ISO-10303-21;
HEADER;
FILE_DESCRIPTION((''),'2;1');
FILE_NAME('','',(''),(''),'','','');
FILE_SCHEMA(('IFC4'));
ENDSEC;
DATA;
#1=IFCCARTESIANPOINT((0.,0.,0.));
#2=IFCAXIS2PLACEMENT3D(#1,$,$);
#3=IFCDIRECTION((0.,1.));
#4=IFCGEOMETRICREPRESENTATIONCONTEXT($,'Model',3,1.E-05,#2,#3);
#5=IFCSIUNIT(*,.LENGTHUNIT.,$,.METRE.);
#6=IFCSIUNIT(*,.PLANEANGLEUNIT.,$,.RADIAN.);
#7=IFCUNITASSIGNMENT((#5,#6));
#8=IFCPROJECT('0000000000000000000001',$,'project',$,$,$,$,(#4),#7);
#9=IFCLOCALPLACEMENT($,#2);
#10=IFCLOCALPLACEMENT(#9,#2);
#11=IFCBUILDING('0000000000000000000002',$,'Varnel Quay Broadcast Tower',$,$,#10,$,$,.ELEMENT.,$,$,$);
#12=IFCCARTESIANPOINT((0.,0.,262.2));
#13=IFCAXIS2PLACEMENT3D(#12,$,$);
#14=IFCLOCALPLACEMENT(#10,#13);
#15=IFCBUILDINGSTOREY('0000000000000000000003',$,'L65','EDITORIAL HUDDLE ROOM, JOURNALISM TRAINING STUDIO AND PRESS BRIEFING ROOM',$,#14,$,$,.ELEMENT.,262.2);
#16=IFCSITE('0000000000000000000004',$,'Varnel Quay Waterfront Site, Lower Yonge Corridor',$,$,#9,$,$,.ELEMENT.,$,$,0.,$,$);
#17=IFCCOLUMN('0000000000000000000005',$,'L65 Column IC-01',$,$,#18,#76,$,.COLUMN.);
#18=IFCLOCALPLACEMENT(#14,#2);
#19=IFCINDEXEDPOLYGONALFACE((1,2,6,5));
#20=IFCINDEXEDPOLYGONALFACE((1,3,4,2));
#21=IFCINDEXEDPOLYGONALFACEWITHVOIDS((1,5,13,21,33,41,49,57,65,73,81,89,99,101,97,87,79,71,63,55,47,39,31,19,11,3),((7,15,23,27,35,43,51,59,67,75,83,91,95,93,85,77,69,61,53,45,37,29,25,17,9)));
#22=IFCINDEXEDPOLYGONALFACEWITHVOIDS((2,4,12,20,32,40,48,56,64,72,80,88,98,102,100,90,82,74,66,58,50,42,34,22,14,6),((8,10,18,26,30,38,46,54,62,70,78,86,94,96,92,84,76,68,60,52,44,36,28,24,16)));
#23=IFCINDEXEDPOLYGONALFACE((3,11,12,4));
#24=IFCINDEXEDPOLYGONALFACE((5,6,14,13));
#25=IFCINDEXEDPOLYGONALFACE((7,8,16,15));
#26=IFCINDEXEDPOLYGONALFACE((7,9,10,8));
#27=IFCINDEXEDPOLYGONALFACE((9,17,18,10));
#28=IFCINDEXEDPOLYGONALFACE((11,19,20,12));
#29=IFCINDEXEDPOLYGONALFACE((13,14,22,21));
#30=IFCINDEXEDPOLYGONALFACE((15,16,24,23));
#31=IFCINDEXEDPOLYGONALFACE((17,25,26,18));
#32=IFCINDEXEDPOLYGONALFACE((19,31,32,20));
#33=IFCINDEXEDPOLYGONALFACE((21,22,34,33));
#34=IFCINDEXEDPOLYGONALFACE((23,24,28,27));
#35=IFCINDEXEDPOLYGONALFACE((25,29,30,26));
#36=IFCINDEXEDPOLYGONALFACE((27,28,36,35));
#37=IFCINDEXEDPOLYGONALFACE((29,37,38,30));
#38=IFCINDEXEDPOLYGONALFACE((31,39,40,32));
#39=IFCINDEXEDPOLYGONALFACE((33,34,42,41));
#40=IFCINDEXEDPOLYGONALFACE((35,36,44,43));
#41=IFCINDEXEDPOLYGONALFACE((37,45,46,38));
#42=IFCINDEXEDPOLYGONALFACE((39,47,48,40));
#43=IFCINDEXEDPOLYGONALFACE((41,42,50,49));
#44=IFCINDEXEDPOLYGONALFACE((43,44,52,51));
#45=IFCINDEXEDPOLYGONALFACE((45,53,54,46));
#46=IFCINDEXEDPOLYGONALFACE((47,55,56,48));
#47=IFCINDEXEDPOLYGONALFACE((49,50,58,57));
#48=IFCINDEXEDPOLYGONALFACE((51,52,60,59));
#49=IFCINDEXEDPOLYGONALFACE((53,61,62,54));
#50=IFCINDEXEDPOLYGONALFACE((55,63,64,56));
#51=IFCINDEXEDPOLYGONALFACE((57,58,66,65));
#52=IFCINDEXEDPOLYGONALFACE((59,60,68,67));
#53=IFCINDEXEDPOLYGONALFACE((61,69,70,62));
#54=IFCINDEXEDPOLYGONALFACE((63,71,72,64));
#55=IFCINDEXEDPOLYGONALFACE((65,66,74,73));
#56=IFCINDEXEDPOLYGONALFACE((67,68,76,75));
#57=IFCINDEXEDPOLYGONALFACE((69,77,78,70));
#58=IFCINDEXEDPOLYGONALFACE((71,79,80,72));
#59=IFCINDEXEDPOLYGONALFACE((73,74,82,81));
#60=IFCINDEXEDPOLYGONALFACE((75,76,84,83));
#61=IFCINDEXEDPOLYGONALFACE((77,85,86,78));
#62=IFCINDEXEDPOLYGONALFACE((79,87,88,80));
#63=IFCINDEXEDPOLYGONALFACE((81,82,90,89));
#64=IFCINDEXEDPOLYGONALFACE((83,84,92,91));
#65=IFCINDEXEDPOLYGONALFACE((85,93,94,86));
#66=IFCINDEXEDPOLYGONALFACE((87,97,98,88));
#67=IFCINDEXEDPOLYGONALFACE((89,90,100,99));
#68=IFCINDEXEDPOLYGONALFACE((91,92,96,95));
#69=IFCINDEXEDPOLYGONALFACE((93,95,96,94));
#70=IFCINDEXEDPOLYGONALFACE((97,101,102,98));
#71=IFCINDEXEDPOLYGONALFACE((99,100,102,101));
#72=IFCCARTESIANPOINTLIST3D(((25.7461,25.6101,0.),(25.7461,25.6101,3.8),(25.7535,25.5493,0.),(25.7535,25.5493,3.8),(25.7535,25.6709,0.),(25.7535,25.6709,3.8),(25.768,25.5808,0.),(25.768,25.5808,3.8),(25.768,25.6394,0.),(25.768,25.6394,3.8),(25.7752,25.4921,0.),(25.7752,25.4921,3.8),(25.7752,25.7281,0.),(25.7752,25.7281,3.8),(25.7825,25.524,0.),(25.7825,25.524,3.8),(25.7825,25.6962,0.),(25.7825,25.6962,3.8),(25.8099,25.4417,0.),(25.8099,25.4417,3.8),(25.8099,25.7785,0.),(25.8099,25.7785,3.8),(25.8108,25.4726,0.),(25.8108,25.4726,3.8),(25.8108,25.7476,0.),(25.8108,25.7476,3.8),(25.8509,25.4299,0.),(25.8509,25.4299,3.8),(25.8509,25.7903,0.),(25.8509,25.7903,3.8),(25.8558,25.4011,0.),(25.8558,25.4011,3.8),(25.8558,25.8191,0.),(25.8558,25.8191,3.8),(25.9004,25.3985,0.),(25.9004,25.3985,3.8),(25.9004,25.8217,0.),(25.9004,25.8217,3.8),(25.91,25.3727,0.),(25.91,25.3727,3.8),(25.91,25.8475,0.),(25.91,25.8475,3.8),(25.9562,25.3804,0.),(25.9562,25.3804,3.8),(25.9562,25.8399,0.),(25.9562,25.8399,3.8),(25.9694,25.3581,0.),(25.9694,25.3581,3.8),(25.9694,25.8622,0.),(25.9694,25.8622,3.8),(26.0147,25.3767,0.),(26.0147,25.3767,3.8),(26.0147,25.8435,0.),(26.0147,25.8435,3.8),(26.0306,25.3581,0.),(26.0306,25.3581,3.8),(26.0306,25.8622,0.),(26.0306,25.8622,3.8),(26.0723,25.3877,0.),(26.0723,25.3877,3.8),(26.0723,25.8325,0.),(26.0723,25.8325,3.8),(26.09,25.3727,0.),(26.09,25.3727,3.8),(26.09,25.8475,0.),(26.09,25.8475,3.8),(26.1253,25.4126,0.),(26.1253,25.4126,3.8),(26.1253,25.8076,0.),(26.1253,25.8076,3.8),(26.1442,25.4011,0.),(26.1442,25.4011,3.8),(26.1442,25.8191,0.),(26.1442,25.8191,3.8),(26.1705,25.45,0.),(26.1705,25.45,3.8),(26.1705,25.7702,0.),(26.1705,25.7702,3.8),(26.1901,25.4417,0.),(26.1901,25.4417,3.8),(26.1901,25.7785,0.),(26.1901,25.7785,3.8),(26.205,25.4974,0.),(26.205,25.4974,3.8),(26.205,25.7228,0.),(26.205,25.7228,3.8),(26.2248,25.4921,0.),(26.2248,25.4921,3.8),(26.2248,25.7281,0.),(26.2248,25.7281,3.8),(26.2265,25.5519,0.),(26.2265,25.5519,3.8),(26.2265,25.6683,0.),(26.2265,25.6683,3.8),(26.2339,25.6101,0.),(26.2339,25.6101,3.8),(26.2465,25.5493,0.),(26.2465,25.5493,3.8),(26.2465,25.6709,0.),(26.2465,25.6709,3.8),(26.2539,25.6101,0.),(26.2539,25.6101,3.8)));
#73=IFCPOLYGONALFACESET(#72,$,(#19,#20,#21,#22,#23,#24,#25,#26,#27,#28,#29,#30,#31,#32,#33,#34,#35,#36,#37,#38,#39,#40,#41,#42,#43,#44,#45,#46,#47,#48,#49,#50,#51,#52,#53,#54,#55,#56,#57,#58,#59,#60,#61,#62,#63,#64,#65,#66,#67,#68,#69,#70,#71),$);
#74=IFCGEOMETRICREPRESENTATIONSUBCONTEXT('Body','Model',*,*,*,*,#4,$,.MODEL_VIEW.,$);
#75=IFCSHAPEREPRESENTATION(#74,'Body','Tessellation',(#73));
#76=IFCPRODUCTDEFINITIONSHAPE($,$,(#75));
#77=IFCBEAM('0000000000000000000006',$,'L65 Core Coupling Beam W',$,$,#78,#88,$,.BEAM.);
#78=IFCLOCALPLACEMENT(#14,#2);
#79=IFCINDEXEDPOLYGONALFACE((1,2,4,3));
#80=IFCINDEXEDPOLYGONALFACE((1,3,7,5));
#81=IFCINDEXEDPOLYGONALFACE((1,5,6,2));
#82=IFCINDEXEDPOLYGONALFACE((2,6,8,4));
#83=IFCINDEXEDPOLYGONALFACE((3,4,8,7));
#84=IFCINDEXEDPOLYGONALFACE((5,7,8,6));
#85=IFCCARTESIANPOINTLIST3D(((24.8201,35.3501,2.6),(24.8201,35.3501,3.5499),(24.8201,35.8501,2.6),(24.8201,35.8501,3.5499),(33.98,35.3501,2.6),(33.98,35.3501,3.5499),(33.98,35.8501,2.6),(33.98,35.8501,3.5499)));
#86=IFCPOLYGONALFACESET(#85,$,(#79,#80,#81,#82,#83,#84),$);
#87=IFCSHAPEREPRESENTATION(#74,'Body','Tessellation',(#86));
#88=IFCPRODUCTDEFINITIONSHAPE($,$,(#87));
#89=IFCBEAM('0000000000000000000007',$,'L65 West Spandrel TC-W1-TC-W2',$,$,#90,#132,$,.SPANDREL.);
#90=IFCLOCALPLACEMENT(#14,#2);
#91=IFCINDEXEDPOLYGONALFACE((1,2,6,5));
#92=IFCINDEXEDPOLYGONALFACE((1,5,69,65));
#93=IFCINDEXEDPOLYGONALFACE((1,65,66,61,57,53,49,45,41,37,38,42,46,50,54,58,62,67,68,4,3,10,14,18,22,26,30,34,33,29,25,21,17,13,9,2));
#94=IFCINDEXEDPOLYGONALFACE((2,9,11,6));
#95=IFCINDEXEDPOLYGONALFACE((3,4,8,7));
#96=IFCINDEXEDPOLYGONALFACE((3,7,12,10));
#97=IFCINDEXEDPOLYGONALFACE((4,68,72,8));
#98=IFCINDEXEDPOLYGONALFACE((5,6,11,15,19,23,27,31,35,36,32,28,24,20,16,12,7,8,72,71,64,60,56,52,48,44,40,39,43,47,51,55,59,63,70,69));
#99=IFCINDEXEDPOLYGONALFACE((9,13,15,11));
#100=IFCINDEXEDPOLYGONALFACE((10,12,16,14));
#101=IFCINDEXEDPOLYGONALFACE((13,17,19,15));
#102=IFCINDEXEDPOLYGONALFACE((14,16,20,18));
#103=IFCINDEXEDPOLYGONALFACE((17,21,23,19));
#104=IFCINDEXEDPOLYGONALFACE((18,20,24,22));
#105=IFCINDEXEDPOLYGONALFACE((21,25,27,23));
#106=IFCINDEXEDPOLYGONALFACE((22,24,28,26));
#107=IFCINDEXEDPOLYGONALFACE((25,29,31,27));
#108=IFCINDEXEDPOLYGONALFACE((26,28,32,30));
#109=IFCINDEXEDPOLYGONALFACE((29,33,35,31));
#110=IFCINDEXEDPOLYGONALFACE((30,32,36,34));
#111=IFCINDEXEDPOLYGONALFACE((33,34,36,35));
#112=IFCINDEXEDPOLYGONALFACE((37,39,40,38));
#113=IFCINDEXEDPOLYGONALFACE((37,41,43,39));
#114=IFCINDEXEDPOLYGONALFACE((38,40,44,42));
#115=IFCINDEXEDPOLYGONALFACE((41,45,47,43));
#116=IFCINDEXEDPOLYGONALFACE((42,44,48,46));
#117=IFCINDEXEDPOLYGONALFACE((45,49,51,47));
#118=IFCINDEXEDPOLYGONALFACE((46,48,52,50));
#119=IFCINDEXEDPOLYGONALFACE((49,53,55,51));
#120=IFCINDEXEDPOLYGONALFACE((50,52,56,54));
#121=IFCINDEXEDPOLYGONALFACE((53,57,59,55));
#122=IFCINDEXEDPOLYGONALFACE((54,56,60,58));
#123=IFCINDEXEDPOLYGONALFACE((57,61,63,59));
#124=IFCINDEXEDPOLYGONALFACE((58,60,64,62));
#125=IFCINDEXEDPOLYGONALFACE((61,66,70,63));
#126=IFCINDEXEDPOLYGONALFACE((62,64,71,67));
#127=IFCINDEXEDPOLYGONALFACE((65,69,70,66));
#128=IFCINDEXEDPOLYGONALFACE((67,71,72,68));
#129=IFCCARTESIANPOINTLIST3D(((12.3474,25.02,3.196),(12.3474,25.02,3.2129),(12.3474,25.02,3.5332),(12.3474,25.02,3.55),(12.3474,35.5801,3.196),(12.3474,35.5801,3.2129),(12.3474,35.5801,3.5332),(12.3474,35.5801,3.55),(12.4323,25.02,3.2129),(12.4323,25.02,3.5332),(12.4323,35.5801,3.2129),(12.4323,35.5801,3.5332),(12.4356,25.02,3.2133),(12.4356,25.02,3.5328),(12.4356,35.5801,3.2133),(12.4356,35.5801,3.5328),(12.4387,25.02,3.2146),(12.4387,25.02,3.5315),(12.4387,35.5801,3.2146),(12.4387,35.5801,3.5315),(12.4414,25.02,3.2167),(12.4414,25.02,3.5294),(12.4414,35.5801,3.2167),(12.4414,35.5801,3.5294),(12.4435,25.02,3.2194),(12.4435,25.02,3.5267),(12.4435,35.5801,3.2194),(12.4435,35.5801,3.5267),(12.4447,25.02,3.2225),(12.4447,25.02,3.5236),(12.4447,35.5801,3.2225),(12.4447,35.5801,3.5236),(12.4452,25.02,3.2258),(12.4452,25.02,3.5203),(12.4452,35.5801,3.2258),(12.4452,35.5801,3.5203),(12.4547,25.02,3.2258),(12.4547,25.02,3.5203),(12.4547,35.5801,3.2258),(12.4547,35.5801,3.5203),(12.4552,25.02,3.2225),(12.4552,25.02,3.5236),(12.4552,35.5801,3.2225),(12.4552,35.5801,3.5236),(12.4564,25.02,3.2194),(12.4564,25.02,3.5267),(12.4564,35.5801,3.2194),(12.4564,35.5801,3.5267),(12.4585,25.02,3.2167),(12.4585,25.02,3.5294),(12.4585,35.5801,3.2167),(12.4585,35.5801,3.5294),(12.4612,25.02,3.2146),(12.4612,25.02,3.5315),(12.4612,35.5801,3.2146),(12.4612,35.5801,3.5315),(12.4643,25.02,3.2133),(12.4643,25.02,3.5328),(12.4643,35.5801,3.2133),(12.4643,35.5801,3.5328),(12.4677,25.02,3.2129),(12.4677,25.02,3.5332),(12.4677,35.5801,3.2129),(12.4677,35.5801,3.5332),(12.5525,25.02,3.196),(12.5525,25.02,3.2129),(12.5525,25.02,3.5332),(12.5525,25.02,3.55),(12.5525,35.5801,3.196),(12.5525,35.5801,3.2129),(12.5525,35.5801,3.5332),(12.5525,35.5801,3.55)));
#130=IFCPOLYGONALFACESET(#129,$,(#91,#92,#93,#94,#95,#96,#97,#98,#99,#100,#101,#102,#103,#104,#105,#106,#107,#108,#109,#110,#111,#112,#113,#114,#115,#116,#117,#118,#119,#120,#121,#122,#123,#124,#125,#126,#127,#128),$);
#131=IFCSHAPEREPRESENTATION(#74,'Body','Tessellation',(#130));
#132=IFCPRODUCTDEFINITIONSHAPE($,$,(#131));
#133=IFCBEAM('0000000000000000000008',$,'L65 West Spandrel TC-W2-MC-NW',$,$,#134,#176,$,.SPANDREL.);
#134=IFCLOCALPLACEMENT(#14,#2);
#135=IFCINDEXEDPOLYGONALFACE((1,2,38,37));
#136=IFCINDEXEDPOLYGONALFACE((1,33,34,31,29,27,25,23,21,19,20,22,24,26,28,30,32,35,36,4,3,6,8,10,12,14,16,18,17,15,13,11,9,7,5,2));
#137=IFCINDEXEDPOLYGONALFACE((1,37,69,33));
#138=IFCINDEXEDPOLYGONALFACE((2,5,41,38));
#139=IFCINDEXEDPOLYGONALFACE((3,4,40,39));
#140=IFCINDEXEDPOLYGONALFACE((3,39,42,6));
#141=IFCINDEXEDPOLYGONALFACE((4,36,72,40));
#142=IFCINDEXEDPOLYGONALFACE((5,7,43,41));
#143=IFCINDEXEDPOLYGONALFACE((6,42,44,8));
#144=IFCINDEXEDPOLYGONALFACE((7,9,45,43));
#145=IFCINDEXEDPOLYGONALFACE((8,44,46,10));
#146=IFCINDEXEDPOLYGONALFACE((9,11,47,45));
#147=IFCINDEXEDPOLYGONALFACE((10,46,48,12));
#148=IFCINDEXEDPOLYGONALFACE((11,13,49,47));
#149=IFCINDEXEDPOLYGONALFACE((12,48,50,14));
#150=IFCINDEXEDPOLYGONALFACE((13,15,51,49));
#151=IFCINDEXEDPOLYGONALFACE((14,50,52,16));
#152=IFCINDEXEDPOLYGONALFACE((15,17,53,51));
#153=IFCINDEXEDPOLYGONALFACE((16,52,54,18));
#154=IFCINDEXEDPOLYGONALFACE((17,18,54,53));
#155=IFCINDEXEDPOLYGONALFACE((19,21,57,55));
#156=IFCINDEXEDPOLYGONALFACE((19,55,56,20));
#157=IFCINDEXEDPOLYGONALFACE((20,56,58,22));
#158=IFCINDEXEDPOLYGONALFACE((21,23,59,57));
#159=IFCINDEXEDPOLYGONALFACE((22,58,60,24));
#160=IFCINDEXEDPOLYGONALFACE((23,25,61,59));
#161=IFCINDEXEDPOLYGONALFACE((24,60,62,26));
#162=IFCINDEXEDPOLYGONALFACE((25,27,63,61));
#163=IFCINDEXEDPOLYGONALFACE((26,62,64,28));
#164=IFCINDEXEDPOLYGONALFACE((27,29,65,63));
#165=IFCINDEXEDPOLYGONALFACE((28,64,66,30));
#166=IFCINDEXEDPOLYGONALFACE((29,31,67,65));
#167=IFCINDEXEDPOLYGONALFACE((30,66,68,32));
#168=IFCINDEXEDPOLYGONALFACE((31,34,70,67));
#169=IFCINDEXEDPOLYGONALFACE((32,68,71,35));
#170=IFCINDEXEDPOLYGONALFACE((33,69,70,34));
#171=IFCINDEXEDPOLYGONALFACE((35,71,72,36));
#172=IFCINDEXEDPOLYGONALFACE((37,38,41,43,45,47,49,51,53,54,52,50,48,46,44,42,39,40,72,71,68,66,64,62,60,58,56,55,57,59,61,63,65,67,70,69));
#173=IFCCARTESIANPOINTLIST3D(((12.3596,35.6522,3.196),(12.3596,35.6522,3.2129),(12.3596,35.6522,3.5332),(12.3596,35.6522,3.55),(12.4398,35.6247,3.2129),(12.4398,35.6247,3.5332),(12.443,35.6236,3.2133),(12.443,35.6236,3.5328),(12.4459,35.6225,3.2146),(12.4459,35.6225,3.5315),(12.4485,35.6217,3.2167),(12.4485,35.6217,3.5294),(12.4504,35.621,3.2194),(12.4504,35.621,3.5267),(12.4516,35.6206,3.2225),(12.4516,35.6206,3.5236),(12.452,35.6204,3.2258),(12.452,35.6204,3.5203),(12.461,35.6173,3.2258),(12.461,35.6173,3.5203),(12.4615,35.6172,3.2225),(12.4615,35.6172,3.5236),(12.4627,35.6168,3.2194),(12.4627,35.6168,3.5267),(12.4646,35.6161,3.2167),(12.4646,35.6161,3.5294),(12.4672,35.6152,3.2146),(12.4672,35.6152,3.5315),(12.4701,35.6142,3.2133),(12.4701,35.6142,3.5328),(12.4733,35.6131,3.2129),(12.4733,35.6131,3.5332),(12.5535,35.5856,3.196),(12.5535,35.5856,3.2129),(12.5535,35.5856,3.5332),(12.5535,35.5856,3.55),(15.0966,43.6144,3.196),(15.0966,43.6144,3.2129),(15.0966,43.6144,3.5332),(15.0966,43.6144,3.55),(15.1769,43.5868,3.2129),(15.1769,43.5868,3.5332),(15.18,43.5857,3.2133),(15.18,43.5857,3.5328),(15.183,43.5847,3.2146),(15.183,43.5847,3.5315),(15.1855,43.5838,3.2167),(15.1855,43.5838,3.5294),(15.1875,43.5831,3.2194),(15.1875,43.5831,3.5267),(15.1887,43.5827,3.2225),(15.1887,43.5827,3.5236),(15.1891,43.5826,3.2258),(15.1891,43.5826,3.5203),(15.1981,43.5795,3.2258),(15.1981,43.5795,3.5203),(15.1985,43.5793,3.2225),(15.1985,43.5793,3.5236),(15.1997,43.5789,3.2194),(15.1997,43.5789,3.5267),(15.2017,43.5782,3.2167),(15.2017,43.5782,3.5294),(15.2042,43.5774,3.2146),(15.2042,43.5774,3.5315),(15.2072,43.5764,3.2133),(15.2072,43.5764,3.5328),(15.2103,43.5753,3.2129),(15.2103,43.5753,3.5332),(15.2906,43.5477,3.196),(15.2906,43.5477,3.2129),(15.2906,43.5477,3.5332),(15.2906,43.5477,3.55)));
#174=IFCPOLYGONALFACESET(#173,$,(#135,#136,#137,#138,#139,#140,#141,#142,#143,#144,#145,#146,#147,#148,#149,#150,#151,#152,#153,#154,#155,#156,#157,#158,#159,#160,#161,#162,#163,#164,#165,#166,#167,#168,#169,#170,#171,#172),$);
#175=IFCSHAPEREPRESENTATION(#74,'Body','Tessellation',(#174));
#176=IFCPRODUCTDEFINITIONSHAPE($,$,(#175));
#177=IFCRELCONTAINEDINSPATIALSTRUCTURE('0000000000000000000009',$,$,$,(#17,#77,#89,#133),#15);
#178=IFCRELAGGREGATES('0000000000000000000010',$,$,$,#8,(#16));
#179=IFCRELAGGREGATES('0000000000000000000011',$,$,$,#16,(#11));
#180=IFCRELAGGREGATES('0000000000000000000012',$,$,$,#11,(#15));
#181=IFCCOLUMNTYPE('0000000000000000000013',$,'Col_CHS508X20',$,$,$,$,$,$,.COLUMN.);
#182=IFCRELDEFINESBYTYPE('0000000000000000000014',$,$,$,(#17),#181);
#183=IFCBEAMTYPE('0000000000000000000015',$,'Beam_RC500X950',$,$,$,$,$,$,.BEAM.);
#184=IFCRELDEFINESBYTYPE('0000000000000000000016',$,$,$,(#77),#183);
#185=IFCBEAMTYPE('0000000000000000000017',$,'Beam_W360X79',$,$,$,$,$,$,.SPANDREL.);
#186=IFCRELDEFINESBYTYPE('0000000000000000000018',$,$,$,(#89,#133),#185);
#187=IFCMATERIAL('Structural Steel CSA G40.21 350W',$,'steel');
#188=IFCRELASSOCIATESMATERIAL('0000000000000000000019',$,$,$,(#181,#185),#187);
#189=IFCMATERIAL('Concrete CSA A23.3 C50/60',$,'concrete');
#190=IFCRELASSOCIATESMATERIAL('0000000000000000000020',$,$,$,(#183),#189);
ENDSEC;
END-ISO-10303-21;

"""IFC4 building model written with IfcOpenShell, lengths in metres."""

from ifc_helpers import new_model, si_unit, direction, frame, origin, origin_2d, place, context, subcontext, project, spatial, rectangle, hollow_circle, i_section, extrude, source, transform, mapped, material, material_profile, profile_set, type_object, type_shapes, element, save


model = new_model("IFC4")

# Units and contexts
model_context = context("Model", 3, precision=1e-05, world=origin(), true_north=direction((0.0, 1.0)))
body_context = subcontext(model_context, "Body", "Model", "MODEL_VIEW")
ifc_project = project(units=[si_unit("LENGTHUNIT", "METRE"), si_unit("PLANEANGLEUNIT", "RADIAN")], contexts=[model_context])

# Site, building, storey
site_placement = place(None, origin())
site = spatial("IfcSite", under=ifc_project, at=site_placement, Name="Varnel Quay Waterfront Site, Lower Yonge Corridor", CompositionType="ELEMENT", RefElevation=0.0)
building_placement = place(site_placement, origin())
building = spatial("IfcBuilding", under=site, at=building_placement, Name="Varnel Quay Broadcast Tower", CompositionType="ELEMENT")
storey_placement = place(building_placement, frame((0.0, 0.0, 262.2)))
storey = spatial("IfcBuildingStorey", under=building, at=storey_placement, Name="L65", Description="EDITORIAL HUDDLE ROOM, JOURNALISM TRAINING STUDIO AND PRESS BRIEFING ROOM", CompositionType="ELEMENT", Elevation=262.2)

# Column
ifc_material_1 = material(Name="Structural Steel CSA G40.21 350W", Category="steel")
ifc_material_profile_1 = material_profile(ifc_material_1, hollow_circle(Radius=0.2539, WallThickness=0.02, at=origin_2d()), Name="CHS508X20")
ifc_profile_set_1 = profile_set([ifc_material_profile_1], Name="Structural Steel CSA G40.21 350W")
column_type_1 = type_object("IfcColumnType", Name="Col_CHS508X20", PredefinedType="COLUMN", material=ifc_profile_set_1)
shared_shape_1 = source(origin(), body_context, "Body", "SweptSolid", [
    extrude(hollow_circle(Radius=0.2539, WallThickness=0.02, at=origin_2d()), origin(), (0.0, 0.0, 1.0), 3.8),
])
type_shapes(column_type_1, [shared_shape_1])
column_placement = place(storey_placement, frame((26.0, 25.6101, 0.0), z_axis=(0.0, 0.0, 1.0), x_axis=(1.0, 0.0, 0.0)))
element("IfcColumn", 1, at=column_placement, inside=storey, type_object=column_type_1, Name="L65 Column IC-01", PredefinedType="COLUMN", context=body_context, shape_type="MappedRepresentation", body=[
    mapped(shared_shape_1, transform((0.0, 0.0, 0.0), x_axis=(1.0, 0.0, 0.0), y_axis=(0.0, 1.0, 0.0), z_axis=(0.0, 0.0, 1.0), scale=1.0)),
])

# Beams
ifc_material_2 = material(Name="Concrete CSA A23.3 C50/60", Category="concrete")
ifc_material_profile_2 = material_profile(ifc_material_2, rectangle(XDim=0.5, YDim=0.95, at=origin_2d()), Name="RC500X950")
ifc_profile_set_2 = profile_set([ifc_material_profile_2], Name="Concrete CSA A23.3 C50/60")
beam_type_1 = type_object("IfcBeamType", Name="Beam_RC500X950", PredefinedType="BEAM", material=ifc_profile_set_2)
shared_shape_2 = source(origin(), body_context, "Body", "SweptSolid", [
    extrude(rectangle(XDim=0.5, YDim=0.95, at=origin_2d()), origin(), (0.0, 0.0, 1.0), 9.1599),
])
type_shapes(beam_type_1, [shared_shape_2])
beam_1_placement = place(storey_placement, frame((24.8201, 35.6001, 3.075), z_axis=(1.0, 0.0, 0.0), x_axis=(0.0, 1.0, 0.0)))
element("IfcBeam", 2, at=beam_1_placement, inside=storey, type_object=beam_type_1, Name="L65 Core Coupling Beam W", PredefinedType="BEAM", context=body_context, shape_type="MappedRepresentation", body=[
    mapped(shared_shape_2, transform((0.0, 0.0, 0.0), x_axis=(1.0, 0.0, 0.0), y_axis=(0.0, 1.0, 0.0), z_axis=(0.0, 0.0, 1.0), scale=1.0)),
])
ifc_material_profile_3 = material_profile(ifc_material_1, i_section(OverallWidth=0.2051, OverallDepth=0.354, WebThickness=0.0095, FlangeThickness=0.0168, FilletRadius=0.0129, at=origin_2d()), Name="W360X79")
ifc_profile_set_3 = profile_set([ifc_material_profile_3], Name="Structural Steel CSA G40.21 350W")
beam_type_2 = type_object("IfcBeamType", Name="Beam_W360X79", PredefinedType="SPANDREL", material=ifc_profile_set_3)
shared_shape_3 = source(origin(), body_context, "Body", "SweptSolid", [
    extrude(i_section(OverallWidth=0.2051, OverallDepth=0.354, WebThickness=0.0095, FlangeThickness=0.0168, FilletRadius=0.0129, at=origin_2d()), origin(), (0.0, 0.0, 1.0), 10.5601),
])
beam_2_placement = place(storey_placement, frame((12.45, 25.02, 3.373), z_axis=(0.0, 1.0, 0.0), x_axis=(-1.0, 0.0, 0.0)))
element("IfcBeam", 3, at=beam_2_placement, inside=storey, type_object=beam_type_2, Name="L65 West Spandrel TC-W1-TC-W2", PredefinedType="SPANDREL", context=body_context, shape_type="MappedRepresentation", body=[
    mapped(shared_shape_3, transform((0.0, 0.0, 0.0), x_axis=(1.0, 0.0, 0.0), y_axis=(0.0, 1.0, 0.0), z_axis=(0.0, 0.0, 1.0), scale=1.0)),
])
shared_shape_4 = source(origin(), body_context, "Body", "SweptSolid", [
    extrude(i_section(OverallWidth=0.2051, OverallDepth=0.354, WebThickness=0.0095, FlangeThickness=0.0168, FilletRadius=0.0129, at=origin_2d()), origin(), (0.0, 0.0, 1.0), 8.4194),
])
type_shapes(beam_type_2, [shared_shape_3, shared_shape_4])
beam_3_placement = place(storey_placement, frame((12.4565, 35.6189, 3.373), z_axis=(0.325087, 0.945684, 0.0), x_axis=(-0.945684, 0.325087, 0.0)))
element("IfcBeam", 4, at=beam_3_placement, inside=storey, type_object=beam_type_2, Name="L65 West Spandrel TC-W2-MC-NW", PredefinedType="SPANDREL", context=body_context, shape_type="MappedRepresentation", body=[
    mapped(shared_shape_4, transform((0.0, 0.0, 0.0), x_axis=(1.0, 0.0, 0.0), y_axis=(0.0, 1.0, 0.0), z_axis=(0.0, 0.0, 1.0), scale=1.0)),
])

save(model, "model.ifc")
